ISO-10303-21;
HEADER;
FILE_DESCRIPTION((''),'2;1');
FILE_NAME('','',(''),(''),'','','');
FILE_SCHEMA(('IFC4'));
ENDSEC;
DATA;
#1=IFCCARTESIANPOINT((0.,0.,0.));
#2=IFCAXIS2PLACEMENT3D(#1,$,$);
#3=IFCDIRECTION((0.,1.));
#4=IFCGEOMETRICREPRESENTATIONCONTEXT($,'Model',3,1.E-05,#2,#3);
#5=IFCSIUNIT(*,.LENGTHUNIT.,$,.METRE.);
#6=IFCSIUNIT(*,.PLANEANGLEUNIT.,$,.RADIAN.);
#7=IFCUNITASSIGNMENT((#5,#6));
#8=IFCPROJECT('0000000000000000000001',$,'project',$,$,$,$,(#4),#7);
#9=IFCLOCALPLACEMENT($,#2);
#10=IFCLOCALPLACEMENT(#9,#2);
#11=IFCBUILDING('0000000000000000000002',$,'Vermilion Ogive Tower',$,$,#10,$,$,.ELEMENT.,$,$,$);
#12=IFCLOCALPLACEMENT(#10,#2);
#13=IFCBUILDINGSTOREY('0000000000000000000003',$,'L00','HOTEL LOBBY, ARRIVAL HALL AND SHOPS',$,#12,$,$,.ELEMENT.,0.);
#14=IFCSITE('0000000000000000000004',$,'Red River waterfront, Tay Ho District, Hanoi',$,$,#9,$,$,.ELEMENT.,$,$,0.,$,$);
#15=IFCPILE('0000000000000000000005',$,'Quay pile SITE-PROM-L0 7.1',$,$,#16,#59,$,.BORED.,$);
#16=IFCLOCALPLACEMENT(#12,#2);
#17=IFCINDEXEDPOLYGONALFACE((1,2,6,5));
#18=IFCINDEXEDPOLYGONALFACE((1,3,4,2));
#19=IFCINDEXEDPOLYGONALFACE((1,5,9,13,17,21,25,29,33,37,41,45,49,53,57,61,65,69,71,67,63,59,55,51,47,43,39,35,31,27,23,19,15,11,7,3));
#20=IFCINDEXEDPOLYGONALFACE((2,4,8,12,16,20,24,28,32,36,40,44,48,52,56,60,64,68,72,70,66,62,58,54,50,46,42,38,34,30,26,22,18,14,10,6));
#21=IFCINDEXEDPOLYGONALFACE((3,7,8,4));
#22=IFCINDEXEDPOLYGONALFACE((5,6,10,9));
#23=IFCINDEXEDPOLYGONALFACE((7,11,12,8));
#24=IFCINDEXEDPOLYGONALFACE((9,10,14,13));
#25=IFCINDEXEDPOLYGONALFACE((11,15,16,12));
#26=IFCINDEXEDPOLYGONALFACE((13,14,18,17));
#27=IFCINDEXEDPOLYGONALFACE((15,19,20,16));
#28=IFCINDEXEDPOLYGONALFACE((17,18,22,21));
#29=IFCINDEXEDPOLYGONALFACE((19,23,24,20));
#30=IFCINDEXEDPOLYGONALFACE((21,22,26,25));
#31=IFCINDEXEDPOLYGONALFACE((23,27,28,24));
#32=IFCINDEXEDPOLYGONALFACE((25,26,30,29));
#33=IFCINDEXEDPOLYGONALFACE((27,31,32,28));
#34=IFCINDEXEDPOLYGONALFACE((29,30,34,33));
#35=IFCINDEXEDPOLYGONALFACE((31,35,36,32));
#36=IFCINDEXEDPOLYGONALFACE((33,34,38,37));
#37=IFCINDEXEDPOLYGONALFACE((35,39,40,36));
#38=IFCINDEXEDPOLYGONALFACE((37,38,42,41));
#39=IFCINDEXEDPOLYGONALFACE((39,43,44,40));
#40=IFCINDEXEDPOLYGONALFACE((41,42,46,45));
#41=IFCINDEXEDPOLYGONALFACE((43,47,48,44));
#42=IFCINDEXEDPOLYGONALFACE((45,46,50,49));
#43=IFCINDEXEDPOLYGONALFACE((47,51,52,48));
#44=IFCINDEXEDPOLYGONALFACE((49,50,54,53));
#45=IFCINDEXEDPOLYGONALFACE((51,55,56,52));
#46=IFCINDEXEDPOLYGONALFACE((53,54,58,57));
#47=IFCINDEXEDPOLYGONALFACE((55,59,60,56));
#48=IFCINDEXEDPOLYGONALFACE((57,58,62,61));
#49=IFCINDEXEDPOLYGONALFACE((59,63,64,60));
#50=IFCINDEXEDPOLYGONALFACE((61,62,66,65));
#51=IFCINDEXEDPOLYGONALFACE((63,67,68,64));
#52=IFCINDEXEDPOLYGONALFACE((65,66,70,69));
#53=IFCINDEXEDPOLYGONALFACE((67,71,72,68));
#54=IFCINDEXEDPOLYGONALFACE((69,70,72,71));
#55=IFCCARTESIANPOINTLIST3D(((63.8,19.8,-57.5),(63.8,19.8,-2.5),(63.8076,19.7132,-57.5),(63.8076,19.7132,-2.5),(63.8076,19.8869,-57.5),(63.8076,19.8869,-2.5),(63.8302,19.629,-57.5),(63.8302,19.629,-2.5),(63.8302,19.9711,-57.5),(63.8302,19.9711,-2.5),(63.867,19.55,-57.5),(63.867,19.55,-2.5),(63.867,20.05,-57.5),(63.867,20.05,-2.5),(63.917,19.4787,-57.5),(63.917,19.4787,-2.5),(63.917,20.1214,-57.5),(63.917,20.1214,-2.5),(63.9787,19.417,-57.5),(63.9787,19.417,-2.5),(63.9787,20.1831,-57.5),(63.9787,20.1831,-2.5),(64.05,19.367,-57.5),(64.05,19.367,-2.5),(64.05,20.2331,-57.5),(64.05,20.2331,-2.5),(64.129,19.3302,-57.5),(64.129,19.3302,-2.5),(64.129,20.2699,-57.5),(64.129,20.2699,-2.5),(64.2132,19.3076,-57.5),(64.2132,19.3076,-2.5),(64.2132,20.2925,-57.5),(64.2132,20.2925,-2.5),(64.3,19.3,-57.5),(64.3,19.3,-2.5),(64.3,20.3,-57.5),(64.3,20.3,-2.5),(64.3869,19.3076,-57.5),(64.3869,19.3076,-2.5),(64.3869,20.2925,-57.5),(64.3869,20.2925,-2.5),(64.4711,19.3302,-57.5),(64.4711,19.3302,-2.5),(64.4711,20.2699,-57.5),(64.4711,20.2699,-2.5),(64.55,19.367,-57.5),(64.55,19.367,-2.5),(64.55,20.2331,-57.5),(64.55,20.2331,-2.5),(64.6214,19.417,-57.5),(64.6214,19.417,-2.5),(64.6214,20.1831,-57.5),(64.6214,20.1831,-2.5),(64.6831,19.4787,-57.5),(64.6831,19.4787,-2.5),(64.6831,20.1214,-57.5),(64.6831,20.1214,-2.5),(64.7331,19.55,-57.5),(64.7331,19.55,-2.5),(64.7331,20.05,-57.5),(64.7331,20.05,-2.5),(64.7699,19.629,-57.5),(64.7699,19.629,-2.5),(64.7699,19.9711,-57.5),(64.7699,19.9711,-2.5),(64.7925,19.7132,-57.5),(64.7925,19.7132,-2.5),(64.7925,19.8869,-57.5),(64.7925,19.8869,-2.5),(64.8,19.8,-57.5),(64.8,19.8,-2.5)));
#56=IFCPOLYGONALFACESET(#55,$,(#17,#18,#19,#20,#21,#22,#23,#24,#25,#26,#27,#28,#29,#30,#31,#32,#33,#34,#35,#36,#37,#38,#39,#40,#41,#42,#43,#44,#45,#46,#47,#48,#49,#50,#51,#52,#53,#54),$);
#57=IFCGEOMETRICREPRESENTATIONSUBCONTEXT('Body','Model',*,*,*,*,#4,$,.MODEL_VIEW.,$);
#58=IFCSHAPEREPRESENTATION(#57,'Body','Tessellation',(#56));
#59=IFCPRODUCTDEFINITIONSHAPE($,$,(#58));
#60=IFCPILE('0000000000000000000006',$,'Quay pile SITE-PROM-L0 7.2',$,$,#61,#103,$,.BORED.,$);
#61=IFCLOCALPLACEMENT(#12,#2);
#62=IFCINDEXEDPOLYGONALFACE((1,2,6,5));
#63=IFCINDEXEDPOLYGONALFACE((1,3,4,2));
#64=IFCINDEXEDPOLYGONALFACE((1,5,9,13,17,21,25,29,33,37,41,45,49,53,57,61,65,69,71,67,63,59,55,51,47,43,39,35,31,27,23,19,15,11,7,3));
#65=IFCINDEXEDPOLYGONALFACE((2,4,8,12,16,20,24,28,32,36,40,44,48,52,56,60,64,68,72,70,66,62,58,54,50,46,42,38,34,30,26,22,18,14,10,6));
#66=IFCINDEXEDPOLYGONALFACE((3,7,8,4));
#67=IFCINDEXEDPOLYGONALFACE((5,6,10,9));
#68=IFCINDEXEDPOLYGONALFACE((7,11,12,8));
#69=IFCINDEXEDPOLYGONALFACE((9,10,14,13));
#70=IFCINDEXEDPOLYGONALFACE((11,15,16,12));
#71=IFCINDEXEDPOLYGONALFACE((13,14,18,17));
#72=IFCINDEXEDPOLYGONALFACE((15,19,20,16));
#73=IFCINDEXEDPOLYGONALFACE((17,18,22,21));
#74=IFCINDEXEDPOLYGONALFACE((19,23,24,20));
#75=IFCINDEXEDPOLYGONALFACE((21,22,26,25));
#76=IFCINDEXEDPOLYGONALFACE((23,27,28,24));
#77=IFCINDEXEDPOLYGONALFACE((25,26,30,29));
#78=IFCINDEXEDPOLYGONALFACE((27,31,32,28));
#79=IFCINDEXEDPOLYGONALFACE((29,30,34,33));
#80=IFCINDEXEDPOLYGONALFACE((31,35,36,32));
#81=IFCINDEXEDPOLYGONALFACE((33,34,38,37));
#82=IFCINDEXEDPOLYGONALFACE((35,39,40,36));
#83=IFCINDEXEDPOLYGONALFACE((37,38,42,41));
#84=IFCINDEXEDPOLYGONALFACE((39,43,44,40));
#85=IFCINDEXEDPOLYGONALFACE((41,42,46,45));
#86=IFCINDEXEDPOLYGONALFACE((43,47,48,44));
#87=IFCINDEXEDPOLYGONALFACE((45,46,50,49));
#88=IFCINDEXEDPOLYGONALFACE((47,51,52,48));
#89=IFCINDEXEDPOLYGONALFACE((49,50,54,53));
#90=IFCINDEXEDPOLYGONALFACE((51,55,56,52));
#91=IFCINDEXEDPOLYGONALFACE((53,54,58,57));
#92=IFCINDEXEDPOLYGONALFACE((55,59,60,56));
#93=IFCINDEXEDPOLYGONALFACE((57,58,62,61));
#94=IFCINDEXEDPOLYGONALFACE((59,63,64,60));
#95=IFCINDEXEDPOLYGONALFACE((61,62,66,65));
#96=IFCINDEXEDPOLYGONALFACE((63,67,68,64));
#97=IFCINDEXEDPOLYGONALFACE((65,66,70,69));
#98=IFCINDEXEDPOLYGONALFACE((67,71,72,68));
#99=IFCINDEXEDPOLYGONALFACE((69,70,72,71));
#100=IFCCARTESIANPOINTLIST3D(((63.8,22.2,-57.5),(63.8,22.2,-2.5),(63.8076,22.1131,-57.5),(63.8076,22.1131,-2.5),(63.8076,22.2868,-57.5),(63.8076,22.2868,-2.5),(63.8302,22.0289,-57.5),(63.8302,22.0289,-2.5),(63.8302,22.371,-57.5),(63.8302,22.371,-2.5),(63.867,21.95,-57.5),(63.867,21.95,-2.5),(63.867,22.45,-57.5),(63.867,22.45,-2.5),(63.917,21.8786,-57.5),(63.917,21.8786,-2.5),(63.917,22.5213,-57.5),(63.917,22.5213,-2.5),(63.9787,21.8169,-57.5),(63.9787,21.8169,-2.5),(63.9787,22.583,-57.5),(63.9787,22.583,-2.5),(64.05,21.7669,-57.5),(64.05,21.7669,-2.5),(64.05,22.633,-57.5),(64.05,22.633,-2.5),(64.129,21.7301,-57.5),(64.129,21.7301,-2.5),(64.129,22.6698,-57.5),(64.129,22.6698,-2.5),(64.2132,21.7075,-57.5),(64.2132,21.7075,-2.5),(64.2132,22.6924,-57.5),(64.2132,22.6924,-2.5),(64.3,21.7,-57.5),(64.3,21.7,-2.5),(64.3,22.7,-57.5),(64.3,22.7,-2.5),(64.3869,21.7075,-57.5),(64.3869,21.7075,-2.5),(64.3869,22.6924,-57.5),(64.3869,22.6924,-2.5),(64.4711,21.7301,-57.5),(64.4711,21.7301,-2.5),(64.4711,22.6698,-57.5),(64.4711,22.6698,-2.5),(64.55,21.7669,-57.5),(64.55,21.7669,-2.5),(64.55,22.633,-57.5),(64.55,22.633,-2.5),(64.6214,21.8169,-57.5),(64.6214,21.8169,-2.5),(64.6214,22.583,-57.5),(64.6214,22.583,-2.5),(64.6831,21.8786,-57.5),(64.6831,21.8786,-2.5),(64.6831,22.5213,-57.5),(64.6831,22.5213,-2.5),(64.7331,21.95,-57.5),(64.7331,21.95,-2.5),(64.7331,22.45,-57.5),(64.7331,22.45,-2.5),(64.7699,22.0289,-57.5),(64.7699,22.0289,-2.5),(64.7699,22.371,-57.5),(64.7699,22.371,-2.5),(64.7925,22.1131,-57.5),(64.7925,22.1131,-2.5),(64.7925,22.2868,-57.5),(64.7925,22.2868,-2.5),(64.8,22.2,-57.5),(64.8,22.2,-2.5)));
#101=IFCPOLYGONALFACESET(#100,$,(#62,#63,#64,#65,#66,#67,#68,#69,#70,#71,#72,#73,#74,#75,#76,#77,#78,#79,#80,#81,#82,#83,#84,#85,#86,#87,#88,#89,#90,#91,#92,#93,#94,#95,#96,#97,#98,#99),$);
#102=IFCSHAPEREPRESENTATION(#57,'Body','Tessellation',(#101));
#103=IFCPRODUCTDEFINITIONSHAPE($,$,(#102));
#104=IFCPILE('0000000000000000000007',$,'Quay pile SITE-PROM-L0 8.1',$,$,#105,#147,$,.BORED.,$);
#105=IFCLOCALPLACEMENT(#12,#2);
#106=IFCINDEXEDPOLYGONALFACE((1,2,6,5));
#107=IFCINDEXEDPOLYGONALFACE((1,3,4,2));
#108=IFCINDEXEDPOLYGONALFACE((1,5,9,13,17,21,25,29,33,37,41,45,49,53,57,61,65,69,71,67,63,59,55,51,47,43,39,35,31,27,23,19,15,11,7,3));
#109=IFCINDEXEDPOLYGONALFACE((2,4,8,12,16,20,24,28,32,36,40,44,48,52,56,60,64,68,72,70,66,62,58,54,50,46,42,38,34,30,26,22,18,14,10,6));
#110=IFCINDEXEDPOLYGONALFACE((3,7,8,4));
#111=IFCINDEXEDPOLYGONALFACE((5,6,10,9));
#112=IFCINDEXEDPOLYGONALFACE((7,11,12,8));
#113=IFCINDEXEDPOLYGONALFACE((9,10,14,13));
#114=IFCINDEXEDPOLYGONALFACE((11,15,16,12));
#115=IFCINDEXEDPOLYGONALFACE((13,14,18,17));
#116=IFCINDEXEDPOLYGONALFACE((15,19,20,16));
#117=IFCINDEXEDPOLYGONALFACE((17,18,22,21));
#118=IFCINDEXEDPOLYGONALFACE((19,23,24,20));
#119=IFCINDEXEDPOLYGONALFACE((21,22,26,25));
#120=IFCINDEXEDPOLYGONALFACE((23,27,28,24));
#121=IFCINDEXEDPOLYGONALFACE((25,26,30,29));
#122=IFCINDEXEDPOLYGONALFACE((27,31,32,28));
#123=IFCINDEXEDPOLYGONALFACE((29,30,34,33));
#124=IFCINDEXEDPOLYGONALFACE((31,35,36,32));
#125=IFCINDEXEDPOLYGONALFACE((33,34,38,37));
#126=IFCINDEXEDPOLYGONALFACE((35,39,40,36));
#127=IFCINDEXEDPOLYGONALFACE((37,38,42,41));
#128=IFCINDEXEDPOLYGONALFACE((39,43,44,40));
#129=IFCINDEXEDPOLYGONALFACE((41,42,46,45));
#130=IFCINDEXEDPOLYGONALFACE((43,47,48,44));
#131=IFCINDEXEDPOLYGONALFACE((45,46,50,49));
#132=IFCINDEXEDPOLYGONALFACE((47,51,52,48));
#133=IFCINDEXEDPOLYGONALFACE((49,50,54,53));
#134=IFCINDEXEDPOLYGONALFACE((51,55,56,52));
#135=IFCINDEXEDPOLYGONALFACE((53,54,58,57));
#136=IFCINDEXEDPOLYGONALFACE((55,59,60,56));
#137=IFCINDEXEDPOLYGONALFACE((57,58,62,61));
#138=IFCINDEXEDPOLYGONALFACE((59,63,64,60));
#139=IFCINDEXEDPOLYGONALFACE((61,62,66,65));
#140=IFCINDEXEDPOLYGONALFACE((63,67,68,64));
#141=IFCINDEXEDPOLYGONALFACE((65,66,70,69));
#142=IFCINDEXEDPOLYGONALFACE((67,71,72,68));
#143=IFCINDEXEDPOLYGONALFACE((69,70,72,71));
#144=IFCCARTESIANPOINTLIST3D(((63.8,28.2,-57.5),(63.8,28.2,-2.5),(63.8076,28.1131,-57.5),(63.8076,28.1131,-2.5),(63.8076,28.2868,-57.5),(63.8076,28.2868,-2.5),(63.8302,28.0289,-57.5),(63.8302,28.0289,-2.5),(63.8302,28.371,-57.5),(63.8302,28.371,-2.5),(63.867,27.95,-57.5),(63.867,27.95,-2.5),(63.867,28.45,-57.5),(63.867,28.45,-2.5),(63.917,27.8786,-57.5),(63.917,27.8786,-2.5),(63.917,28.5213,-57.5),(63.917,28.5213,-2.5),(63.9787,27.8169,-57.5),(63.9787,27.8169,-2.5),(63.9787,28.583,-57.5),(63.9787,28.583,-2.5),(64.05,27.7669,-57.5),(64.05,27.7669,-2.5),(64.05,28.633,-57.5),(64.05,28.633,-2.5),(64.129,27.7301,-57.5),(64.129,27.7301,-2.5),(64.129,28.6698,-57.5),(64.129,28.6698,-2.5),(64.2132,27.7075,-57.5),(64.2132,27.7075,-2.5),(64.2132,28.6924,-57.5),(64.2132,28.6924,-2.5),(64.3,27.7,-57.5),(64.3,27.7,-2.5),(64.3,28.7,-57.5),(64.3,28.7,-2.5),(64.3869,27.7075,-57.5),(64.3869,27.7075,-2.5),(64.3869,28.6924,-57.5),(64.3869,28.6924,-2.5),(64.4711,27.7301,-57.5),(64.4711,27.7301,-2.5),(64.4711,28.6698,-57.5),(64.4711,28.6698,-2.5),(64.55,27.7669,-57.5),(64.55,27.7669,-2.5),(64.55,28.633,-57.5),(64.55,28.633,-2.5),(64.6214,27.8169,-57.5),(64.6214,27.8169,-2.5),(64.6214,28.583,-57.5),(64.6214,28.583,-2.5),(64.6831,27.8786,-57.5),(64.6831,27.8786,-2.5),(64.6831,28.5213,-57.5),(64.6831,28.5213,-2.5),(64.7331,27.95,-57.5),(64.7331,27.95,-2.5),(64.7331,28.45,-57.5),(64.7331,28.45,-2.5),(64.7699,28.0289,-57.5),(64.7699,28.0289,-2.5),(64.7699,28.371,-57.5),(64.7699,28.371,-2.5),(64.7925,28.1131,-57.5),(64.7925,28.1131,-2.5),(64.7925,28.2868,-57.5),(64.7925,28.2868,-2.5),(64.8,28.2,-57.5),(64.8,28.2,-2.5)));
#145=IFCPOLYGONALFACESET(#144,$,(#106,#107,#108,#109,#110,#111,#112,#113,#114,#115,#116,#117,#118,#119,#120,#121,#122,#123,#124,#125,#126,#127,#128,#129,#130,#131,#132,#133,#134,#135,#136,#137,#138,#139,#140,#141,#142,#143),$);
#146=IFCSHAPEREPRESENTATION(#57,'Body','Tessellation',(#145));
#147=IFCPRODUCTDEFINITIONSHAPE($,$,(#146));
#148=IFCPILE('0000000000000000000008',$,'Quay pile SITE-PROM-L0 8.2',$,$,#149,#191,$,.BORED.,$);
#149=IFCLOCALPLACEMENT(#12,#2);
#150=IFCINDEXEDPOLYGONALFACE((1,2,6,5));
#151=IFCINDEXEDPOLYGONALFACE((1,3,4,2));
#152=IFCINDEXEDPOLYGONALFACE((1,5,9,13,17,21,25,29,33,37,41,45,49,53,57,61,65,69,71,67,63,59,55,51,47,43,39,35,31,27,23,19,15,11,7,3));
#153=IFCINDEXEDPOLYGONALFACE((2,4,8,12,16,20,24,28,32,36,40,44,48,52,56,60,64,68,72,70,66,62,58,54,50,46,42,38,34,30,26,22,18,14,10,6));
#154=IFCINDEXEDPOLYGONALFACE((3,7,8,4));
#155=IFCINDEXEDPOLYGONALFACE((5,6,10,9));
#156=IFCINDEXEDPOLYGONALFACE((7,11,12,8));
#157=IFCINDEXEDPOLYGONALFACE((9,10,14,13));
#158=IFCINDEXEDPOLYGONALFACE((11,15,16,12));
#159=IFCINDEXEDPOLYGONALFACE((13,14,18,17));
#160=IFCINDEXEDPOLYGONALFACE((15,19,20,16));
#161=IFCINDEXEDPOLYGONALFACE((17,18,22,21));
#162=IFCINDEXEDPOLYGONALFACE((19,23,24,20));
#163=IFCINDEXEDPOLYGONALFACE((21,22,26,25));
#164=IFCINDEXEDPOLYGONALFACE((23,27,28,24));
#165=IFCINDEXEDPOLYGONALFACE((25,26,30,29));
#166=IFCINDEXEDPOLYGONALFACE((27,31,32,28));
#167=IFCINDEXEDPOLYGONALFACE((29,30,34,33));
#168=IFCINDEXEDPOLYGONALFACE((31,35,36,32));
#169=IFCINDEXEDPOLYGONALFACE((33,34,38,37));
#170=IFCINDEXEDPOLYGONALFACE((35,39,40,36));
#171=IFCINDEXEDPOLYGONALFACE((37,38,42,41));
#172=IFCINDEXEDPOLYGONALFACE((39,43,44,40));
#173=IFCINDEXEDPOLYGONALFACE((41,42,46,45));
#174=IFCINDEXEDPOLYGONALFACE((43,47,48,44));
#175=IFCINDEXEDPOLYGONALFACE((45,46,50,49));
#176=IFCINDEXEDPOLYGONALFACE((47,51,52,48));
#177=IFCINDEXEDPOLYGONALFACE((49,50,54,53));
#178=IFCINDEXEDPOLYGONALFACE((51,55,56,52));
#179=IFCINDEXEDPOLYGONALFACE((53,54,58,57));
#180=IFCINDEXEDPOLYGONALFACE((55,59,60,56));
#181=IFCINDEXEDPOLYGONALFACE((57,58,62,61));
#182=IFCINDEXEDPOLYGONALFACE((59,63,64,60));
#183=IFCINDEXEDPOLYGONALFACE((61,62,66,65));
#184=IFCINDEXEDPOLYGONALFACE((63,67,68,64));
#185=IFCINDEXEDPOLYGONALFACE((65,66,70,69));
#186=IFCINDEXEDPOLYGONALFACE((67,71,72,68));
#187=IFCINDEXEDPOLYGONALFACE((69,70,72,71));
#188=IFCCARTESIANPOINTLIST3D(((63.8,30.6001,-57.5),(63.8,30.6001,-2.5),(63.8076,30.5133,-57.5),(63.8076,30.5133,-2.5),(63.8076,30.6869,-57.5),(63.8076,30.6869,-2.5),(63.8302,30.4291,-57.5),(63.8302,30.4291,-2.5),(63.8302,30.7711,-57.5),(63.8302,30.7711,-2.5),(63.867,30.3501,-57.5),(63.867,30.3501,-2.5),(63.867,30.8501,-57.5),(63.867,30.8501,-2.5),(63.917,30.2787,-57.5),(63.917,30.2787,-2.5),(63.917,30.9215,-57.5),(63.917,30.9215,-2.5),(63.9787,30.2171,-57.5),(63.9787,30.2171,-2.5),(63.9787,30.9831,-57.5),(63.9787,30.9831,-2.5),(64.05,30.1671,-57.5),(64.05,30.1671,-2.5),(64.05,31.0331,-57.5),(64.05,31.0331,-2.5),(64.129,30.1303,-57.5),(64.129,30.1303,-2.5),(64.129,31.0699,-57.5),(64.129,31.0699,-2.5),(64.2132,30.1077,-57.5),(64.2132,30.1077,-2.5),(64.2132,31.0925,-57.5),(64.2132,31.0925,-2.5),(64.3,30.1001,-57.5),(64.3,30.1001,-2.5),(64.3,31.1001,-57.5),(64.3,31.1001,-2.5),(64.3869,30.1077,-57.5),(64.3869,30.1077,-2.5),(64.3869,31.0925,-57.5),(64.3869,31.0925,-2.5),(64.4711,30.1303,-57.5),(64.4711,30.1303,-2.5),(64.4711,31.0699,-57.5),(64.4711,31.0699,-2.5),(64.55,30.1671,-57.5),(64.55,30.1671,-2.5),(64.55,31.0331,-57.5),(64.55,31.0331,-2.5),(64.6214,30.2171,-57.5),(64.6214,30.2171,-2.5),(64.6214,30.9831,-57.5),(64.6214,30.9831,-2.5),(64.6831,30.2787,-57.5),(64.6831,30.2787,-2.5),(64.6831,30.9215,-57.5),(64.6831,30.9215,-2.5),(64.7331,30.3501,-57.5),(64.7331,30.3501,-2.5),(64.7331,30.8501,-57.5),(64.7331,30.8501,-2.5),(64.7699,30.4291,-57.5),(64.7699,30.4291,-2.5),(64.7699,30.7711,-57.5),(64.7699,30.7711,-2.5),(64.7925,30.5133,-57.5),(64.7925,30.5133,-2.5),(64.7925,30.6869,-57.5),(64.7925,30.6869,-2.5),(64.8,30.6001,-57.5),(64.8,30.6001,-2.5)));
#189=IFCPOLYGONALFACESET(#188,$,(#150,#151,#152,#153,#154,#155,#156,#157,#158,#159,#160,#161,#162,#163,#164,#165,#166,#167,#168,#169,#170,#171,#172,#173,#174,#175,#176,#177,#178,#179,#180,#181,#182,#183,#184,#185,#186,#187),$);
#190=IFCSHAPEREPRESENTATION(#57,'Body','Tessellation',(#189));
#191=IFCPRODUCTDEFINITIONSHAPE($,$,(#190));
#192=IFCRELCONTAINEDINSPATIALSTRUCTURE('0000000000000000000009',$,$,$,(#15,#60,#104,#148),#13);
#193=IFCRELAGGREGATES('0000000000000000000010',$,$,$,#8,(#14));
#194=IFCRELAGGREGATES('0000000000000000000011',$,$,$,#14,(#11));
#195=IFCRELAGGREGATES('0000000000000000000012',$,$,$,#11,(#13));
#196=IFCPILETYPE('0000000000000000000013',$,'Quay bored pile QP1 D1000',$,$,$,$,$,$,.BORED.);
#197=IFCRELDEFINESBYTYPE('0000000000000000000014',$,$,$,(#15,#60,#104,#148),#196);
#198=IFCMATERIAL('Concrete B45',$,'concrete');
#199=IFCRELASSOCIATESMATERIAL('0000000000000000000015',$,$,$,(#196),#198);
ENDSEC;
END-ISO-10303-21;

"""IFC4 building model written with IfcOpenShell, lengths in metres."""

from ifc_helpers import new_model, si_unit, direction, frame, origin, origin_2d, place, context, subcontext, project, spatial, circle, extrude, material, type_object, element, save


model = new_model("IFC4")

# Units and contexts
model_context = context("Model", 3, precision=1e-05, world=origin(), true_north=direction((0.0, 1.0)))
body_context = subcontext(model_context, "Body", "Model", "MODEL_VIEW")
ifc_project = project(units=[si_unit("LENGTHUNIT", "METRE"), si_unit("PLANEANGLEUNIT", "RADIAN")], contexts=[model_context])

# Site, building, storey
site_placement = place(None, origin())
site = spatial("IfcSite", under=ifc_project, at=site_placement, Name="Red River waterfront, Tay Ho District, Hanoi", CompositionType="ELEMENT", RefElevation=0.0)
building_placement = place(site_placement, origin())
building = spatial("IfcBuilding", under=site, at=building_placement, Name="Vermilion Ogive Tower", CompositionType="ELEMENT")
storey_placement = place(building_placement, origin())
storey = spatial("IfcBuildingStorey", under=building, at=storey_placement, Name="L00", Description="HOTEL LOBBY, ARRIVAL HALL AND SHOPS", CompositionType="ELEMENT", Elevation=0.0)

# Piles
ifc_material_1 = material(Name="Concrete B45", Category="concrete")
pile_type = type_object("IfcPileType", Name="Quay bored pile QP1 D1000", PredefinedType="BORED", material=ifc_material_1)
for number, where, z_axis, x_axis, name in (
    (1, (64.3, 19.8, -2.5), (0.0, 0.0, -1.0), (1.0, 0.0, 0.0), "Quay pile SITE-PROM-L0 7.1"),
    (2, (64.3, 22.2, -2.5), (0.0, 0.0, -1.0), (1.0, 0.0, 0.0), "Quay pile SITE-PROM-L0 7.2"),
    (3, (64.3, 28.2, -2.5), (0.0, 0.0, -1.0), (1.0, 0.0, 0.0), "Quay pile SITE-PROM-L0 8.1"),
    (4, (64.3, 30.6001, -2.5), (0.0, 0.0, -1.0), (1.0, 0.0, 0.0), "Quay pile SITE-PROM-L0 8.2"),
):
    element("IfcPile", number, at=place(storey_placement, frame(where, z_axis=z_axis, x_axis=x_axis)), inside=storey, type_object=pile_type, Name=name, PredefinedType="BORED", context=body_context, shape_type="SweptSolid", body=[
        extrude(circle(Radius=0.5, at=origin_2d()), origin(), (0.0, 0.0, 1.0), 55.0),
    ])

save(model, "model.ifc")
